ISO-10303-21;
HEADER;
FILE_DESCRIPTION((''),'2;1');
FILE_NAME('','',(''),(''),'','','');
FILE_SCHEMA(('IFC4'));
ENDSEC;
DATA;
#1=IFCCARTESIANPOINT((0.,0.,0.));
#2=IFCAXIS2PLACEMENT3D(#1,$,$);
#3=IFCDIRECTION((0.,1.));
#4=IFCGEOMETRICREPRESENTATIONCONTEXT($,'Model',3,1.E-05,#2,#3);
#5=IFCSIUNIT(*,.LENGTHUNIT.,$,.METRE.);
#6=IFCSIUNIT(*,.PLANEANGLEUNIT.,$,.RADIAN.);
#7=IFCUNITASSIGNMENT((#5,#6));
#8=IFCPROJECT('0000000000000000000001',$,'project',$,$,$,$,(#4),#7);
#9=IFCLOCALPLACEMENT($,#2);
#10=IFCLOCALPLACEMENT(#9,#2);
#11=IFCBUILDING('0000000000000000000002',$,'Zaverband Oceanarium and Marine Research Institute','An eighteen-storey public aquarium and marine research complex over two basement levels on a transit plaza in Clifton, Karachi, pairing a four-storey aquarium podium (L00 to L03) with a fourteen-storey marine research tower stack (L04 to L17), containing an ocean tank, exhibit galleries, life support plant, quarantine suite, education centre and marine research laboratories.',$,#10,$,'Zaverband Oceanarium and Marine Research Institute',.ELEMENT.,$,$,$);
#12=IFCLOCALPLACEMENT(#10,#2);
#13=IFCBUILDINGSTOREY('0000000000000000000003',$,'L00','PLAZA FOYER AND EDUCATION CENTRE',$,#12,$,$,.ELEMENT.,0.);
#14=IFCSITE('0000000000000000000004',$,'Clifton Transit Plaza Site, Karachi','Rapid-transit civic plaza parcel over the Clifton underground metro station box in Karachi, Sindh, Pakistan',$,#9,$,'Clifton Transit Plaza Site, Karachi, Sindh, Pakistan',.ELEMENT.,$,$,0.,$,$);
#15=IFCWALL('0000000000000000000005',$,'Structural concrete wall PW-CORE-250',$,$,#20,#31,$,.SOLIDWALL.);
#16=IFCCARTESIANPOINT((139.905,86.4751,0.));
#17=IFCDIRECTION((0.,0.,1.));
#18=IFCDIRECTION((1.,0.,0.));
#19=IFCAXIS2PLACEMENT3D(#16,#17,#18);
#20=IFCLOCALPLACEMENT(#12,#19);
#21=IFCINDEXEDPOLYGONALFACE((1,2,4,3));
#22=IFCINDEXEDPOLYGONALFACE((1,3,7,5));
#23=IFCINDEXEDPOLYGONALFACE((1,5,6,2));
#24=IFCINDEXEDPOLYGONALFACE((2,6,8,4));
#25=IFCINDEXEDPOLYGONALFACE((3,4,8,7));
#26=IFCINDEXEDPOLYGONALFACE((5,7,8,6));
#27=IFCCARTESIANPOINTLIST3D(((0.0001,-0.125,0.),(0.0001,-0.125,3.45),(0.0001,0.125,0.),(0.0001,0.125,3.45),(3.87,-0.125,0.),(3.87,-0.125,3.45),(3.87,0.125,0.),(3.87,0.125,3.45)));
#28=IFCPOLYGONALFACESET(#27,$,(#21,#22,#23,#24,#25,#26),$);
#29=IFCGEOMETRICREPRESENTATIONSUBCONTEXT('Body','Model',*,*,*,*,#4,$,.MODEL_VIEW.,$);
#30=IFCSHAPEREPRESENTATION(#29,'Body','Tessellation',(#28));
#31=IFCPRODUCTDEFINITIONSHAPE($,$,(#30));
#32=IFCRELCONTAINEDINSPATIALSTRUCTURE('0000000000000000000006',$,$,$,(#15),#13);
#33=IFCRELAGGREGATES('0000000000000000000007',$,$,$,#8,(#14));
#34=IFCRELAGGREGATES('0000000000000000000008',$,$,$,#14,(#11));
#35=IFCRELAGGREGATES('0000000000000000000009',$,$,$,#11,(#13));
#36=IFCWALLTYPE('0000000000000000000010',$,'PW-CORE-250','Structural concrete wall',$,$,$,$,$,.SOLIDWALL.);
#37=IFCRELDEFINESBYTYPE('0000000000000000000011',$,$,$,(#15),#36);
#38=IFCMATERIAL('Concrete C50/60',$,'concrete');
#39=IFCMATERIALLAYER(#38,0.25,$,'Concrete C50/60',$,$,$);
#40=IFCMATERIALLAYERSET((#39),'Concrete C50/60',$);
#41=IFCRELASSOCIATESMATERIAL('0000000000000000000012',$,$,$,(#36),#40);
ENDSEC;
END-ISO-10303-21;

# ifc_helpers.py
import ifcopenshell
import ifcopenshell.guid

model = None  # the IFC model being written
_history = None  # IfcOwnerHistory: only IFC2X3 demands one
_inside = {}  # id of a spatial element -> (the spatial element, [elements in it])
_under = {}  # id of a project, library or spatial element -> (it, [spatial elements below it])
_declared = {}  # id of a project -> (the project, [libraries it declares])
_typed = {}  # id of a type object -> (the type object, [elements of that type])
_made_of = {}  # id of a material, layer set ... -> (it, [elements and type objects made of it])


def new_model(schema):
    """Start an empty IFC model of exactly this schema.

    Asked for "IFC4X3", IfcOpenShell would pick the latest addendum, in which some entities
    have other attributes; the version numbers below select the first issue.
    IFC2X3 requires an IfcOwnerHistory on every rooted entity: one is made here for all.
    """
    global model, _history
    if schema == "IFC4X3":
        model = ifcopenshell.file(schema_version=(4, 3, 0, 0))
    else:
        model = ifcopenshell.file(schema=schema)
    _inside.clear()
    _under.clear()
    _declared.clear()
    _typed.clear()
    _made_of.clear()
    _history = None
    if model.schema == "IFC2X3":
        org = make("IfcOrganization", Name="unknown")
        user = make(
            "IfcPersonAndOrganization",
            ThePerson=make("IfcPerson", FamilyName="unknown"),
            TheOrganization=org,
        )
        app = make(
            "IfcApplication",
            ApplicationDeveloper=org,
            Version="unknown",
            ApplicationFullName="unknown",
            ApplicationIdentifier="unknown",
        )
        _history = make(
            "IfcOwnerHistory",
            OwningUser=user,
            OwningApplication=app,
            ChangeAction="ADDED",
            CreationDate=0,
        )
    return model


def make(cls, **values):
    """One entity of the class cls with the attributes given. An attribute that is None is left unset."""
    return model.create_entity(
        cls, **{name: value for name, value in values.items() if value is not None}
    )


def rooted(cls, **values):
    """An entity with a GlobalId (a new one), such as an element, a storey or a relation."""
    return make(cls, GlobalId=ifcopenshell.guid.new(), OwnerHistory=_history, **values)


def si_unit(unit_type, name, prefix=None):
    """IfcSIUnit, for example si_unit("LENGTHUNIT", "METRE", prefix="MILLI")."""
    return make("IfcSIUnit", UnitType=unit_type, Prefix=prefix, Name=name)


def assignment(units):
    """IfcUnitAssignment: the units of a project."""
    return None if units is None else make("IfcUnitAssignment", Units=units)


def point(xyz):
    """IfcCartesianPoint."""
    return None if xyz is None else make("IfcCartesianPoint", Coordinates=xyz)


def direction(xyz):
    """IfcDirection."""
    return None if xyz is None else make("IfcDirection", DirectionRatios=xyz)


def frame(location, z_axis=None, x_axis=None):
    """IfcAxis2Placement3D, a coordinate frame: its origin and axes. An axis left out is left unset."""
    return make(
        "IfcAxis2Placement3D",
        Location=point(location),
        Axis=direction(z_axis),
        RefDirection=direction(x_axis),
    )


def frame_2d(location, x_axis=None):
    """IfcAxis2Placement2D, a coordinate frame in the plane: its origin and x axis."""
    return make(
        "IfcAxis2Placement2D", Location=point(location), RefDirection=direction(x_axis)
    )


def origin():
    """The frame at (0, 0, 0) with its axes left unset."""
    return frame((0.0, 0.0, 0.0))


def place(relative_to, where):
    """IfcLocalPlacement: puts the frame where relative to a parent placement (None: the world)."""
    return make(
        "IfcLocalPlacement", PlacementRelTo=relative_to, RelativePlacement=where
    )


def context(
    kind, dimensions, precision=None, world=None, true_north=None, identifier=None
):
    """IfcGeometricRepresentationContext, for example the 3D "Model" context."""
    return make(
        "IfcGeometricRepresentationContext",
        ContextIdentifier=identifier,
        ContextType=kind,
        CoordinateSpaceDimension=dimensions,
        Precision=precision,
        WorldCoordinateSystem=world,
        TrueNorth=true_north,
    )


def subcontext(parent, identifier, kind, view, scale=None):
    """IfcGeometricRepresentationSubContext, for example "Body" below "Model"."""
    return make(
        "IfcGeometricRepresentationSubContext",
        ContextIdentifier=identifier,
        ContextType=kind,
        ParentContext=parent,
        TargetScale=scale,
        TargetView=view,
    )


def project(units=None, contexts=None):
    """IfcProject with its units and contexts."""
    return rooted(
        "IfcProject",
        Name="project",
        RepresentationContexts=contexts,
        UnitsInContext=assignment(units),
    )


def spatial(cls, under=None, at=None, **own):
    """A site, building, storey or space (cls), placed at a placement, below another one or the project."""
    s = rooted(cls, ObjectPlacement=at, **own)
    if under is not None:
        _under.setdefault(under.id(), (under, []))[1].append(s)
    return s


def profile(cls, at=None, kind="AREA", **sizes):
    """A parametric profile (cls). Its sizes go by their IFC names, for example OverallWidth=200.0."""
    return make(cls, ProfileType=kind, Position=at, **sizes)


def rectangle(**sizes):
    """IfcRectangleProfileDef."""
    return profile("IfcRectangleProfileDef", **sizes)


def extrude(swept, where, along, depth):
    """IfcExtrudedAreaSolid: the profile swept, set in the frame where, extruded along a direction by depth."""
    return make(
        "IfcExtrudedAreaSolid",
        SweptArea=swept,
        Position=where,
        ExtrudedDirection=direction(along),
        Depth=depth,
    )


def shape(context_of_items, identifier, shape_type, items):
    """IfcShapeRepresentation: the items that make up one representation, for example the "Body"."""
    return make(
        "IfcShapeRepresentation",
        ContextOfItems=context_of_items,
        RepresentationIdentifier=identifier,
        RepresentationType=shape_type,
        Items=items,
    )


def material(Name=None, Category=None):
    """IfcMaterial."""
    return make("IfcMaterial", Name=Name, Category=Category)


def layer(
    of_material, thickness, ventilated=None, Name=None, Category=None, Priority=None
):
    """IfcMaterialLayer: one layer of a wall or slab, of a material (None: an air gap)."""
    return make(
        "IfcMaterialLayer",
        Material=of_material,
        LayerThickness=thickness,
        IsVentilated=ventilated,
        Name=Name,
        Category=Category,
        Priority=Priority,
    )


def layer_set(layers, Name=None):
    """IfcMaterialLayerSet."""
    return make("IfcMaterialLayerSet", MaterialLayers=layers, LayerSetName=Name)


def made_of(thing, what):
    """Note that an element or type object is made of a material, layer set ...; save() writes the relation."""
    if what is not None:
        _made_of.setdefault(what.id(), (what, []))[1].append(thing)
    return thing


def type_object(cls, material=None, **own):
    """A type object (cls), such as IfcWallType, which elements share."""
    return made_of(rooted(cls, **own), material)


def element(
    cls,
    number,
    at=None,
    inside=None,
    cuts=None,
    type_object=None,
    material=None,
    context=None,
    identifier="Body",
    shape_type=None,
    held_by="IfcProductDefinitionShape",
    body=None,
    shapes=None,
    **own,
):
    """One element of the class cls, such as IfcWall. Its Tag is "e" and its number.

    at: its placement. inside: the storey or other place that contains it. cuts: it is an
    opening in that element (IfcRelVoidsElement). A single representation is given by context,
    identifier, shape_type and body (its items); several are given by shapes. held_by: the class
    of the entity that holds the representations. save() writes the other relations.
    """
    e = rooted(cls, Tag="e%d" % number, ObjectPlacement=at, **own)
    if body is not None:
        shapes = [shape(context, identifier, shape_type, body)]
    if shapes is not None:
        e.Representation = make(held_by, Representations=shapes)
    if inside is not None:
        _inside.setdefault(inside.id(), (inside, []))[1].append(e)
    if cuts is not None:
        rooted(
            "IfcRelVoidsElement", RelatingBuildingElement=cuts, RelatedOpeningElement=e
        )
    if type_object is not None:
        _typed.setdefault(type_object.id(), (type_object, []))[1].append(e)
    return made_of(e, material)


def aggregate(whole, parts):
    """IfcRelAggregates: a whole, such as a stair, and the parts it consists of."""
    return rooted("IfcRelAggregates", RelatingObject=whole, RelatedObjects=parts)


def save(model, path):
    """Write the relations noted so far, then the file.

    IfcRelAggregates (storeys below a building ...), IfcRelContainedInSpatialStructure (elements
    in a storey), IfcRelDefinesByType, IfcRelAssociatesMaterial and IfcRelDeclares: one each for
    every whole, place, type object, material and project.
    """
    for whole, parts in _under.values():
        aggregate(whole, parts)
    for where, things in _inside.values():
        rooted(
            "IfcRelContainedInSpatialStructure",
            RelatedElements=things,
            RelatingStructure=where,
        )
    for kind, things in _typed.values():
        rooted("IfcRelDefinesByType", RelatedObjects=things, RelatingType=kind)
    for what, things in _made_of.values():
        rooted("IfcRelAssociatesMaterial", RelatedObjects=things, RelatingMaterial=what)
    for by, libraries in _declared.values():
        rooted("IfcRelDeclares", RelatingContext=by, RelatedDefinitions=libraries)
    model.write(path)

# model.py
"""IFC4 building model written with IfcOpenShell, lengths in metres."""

from ifc_helpers import new_model, si_unit, direction, frame, frame_2d, origin, place, context, subcontext, project, spatial, rectangle, extrude, material, layer, layer_set, type_object, element, save


model = new_model("IFC4")

# Units and contexts
model_context = context("Model", 3, precision=1e-05, world=origin(), true_north=direction((0.0, 1.0)))
body_context = subcontext(model_context, "Body", "Model", "MODEL_VIEW")
ifc_project = project(units=[si_unit("LENGTHUNIT", "METRE"), si_unit("PLANEANGLEUNIT", "RADIAN")], contexts=[model_context])

# Site, building, storey
site_placement = place(None, origin())
site = spatial("IfcSite", under=ifc_project, at=site_placement, Name="Clifton Transit Plaza Site, Karachi", Description="Rapid-transit civic plaza parcel over the Clifton underground metro station box in Karachi, Sindh, Pakistan", LongName="Clifton Transit Plaza Site, Karachi, Sindh, Pakistan", CompositionType="ELEMENT", RefElevation=0.0)
building_placement = place(site_placement, origin())
building = spatial("IfcBuilding", under=site, at=building_placement, Name="Zaverband Oceanarium and Marine Research Institute", Description="An eighteen-storey public aquarium and marine research complex over two basement levels on a transit plaza in Clifton, Karachi, pairing a four-storey aquarium podium (L00 to L03) with a fourteen-storey marine research tower stack (L04 to L17), containing an ocean tank, exhibit galleries, life support plant, quarantine suite, education centre and marine research laboratories.", LongName="Zaverband Oceanarium and Marine Research Institute", CompositionType="ELEMENT")
storey_placement = place(building_placement, origin())
storey = spatial("IfcBuildingStorey", under=building, at=storey_placement, Name="L00", Description="PLAZA FOYER AND EDUCATION CENTRE", CompositionType="ELEMENT", Elevation=0.0)

# Shared definitions
ifc_material_1 = material(Name="Concrete C50/60", Category="concrete")

# Shared definitions
ifc_layer_1 = layer(ifc_material_1, 0.25, Name="Concrete C50/60")
ifc_layer_set_1 = layer_set([ifc_layer_1], Name="Concrete C50/60")
wall_type_1 = type_object("IfcWallType", Name="PW-CORE-250", Description="Structural concrete wall", PredefinedType="SOLIDWALL", material=ifc_layer_set_1)

# Wall
wall_1_placement = place(storey_placement, frame((139.905, 86.4751, 0.0), z_axis=(0.0, 0.0, 1.0), x_axis=(1.0, 0.0, 0.0)))
element("IfcWall", 1, at=wall_1_placement, inside=storey, type_object=wall_type_1, Name="Structural concrete wall PW-CORE-250", PredefinedType="SOLIDWALL", context=body_context, shape_type="SweptSolid", body=[
    extrude(rectangle(XDim=3.8699, YDim=0.25, at=frame_2d((1.9351, 0.0))), origin(), (0.0, 0.0, 1.0), 3.45),
])

save(model, "model.ifc")
